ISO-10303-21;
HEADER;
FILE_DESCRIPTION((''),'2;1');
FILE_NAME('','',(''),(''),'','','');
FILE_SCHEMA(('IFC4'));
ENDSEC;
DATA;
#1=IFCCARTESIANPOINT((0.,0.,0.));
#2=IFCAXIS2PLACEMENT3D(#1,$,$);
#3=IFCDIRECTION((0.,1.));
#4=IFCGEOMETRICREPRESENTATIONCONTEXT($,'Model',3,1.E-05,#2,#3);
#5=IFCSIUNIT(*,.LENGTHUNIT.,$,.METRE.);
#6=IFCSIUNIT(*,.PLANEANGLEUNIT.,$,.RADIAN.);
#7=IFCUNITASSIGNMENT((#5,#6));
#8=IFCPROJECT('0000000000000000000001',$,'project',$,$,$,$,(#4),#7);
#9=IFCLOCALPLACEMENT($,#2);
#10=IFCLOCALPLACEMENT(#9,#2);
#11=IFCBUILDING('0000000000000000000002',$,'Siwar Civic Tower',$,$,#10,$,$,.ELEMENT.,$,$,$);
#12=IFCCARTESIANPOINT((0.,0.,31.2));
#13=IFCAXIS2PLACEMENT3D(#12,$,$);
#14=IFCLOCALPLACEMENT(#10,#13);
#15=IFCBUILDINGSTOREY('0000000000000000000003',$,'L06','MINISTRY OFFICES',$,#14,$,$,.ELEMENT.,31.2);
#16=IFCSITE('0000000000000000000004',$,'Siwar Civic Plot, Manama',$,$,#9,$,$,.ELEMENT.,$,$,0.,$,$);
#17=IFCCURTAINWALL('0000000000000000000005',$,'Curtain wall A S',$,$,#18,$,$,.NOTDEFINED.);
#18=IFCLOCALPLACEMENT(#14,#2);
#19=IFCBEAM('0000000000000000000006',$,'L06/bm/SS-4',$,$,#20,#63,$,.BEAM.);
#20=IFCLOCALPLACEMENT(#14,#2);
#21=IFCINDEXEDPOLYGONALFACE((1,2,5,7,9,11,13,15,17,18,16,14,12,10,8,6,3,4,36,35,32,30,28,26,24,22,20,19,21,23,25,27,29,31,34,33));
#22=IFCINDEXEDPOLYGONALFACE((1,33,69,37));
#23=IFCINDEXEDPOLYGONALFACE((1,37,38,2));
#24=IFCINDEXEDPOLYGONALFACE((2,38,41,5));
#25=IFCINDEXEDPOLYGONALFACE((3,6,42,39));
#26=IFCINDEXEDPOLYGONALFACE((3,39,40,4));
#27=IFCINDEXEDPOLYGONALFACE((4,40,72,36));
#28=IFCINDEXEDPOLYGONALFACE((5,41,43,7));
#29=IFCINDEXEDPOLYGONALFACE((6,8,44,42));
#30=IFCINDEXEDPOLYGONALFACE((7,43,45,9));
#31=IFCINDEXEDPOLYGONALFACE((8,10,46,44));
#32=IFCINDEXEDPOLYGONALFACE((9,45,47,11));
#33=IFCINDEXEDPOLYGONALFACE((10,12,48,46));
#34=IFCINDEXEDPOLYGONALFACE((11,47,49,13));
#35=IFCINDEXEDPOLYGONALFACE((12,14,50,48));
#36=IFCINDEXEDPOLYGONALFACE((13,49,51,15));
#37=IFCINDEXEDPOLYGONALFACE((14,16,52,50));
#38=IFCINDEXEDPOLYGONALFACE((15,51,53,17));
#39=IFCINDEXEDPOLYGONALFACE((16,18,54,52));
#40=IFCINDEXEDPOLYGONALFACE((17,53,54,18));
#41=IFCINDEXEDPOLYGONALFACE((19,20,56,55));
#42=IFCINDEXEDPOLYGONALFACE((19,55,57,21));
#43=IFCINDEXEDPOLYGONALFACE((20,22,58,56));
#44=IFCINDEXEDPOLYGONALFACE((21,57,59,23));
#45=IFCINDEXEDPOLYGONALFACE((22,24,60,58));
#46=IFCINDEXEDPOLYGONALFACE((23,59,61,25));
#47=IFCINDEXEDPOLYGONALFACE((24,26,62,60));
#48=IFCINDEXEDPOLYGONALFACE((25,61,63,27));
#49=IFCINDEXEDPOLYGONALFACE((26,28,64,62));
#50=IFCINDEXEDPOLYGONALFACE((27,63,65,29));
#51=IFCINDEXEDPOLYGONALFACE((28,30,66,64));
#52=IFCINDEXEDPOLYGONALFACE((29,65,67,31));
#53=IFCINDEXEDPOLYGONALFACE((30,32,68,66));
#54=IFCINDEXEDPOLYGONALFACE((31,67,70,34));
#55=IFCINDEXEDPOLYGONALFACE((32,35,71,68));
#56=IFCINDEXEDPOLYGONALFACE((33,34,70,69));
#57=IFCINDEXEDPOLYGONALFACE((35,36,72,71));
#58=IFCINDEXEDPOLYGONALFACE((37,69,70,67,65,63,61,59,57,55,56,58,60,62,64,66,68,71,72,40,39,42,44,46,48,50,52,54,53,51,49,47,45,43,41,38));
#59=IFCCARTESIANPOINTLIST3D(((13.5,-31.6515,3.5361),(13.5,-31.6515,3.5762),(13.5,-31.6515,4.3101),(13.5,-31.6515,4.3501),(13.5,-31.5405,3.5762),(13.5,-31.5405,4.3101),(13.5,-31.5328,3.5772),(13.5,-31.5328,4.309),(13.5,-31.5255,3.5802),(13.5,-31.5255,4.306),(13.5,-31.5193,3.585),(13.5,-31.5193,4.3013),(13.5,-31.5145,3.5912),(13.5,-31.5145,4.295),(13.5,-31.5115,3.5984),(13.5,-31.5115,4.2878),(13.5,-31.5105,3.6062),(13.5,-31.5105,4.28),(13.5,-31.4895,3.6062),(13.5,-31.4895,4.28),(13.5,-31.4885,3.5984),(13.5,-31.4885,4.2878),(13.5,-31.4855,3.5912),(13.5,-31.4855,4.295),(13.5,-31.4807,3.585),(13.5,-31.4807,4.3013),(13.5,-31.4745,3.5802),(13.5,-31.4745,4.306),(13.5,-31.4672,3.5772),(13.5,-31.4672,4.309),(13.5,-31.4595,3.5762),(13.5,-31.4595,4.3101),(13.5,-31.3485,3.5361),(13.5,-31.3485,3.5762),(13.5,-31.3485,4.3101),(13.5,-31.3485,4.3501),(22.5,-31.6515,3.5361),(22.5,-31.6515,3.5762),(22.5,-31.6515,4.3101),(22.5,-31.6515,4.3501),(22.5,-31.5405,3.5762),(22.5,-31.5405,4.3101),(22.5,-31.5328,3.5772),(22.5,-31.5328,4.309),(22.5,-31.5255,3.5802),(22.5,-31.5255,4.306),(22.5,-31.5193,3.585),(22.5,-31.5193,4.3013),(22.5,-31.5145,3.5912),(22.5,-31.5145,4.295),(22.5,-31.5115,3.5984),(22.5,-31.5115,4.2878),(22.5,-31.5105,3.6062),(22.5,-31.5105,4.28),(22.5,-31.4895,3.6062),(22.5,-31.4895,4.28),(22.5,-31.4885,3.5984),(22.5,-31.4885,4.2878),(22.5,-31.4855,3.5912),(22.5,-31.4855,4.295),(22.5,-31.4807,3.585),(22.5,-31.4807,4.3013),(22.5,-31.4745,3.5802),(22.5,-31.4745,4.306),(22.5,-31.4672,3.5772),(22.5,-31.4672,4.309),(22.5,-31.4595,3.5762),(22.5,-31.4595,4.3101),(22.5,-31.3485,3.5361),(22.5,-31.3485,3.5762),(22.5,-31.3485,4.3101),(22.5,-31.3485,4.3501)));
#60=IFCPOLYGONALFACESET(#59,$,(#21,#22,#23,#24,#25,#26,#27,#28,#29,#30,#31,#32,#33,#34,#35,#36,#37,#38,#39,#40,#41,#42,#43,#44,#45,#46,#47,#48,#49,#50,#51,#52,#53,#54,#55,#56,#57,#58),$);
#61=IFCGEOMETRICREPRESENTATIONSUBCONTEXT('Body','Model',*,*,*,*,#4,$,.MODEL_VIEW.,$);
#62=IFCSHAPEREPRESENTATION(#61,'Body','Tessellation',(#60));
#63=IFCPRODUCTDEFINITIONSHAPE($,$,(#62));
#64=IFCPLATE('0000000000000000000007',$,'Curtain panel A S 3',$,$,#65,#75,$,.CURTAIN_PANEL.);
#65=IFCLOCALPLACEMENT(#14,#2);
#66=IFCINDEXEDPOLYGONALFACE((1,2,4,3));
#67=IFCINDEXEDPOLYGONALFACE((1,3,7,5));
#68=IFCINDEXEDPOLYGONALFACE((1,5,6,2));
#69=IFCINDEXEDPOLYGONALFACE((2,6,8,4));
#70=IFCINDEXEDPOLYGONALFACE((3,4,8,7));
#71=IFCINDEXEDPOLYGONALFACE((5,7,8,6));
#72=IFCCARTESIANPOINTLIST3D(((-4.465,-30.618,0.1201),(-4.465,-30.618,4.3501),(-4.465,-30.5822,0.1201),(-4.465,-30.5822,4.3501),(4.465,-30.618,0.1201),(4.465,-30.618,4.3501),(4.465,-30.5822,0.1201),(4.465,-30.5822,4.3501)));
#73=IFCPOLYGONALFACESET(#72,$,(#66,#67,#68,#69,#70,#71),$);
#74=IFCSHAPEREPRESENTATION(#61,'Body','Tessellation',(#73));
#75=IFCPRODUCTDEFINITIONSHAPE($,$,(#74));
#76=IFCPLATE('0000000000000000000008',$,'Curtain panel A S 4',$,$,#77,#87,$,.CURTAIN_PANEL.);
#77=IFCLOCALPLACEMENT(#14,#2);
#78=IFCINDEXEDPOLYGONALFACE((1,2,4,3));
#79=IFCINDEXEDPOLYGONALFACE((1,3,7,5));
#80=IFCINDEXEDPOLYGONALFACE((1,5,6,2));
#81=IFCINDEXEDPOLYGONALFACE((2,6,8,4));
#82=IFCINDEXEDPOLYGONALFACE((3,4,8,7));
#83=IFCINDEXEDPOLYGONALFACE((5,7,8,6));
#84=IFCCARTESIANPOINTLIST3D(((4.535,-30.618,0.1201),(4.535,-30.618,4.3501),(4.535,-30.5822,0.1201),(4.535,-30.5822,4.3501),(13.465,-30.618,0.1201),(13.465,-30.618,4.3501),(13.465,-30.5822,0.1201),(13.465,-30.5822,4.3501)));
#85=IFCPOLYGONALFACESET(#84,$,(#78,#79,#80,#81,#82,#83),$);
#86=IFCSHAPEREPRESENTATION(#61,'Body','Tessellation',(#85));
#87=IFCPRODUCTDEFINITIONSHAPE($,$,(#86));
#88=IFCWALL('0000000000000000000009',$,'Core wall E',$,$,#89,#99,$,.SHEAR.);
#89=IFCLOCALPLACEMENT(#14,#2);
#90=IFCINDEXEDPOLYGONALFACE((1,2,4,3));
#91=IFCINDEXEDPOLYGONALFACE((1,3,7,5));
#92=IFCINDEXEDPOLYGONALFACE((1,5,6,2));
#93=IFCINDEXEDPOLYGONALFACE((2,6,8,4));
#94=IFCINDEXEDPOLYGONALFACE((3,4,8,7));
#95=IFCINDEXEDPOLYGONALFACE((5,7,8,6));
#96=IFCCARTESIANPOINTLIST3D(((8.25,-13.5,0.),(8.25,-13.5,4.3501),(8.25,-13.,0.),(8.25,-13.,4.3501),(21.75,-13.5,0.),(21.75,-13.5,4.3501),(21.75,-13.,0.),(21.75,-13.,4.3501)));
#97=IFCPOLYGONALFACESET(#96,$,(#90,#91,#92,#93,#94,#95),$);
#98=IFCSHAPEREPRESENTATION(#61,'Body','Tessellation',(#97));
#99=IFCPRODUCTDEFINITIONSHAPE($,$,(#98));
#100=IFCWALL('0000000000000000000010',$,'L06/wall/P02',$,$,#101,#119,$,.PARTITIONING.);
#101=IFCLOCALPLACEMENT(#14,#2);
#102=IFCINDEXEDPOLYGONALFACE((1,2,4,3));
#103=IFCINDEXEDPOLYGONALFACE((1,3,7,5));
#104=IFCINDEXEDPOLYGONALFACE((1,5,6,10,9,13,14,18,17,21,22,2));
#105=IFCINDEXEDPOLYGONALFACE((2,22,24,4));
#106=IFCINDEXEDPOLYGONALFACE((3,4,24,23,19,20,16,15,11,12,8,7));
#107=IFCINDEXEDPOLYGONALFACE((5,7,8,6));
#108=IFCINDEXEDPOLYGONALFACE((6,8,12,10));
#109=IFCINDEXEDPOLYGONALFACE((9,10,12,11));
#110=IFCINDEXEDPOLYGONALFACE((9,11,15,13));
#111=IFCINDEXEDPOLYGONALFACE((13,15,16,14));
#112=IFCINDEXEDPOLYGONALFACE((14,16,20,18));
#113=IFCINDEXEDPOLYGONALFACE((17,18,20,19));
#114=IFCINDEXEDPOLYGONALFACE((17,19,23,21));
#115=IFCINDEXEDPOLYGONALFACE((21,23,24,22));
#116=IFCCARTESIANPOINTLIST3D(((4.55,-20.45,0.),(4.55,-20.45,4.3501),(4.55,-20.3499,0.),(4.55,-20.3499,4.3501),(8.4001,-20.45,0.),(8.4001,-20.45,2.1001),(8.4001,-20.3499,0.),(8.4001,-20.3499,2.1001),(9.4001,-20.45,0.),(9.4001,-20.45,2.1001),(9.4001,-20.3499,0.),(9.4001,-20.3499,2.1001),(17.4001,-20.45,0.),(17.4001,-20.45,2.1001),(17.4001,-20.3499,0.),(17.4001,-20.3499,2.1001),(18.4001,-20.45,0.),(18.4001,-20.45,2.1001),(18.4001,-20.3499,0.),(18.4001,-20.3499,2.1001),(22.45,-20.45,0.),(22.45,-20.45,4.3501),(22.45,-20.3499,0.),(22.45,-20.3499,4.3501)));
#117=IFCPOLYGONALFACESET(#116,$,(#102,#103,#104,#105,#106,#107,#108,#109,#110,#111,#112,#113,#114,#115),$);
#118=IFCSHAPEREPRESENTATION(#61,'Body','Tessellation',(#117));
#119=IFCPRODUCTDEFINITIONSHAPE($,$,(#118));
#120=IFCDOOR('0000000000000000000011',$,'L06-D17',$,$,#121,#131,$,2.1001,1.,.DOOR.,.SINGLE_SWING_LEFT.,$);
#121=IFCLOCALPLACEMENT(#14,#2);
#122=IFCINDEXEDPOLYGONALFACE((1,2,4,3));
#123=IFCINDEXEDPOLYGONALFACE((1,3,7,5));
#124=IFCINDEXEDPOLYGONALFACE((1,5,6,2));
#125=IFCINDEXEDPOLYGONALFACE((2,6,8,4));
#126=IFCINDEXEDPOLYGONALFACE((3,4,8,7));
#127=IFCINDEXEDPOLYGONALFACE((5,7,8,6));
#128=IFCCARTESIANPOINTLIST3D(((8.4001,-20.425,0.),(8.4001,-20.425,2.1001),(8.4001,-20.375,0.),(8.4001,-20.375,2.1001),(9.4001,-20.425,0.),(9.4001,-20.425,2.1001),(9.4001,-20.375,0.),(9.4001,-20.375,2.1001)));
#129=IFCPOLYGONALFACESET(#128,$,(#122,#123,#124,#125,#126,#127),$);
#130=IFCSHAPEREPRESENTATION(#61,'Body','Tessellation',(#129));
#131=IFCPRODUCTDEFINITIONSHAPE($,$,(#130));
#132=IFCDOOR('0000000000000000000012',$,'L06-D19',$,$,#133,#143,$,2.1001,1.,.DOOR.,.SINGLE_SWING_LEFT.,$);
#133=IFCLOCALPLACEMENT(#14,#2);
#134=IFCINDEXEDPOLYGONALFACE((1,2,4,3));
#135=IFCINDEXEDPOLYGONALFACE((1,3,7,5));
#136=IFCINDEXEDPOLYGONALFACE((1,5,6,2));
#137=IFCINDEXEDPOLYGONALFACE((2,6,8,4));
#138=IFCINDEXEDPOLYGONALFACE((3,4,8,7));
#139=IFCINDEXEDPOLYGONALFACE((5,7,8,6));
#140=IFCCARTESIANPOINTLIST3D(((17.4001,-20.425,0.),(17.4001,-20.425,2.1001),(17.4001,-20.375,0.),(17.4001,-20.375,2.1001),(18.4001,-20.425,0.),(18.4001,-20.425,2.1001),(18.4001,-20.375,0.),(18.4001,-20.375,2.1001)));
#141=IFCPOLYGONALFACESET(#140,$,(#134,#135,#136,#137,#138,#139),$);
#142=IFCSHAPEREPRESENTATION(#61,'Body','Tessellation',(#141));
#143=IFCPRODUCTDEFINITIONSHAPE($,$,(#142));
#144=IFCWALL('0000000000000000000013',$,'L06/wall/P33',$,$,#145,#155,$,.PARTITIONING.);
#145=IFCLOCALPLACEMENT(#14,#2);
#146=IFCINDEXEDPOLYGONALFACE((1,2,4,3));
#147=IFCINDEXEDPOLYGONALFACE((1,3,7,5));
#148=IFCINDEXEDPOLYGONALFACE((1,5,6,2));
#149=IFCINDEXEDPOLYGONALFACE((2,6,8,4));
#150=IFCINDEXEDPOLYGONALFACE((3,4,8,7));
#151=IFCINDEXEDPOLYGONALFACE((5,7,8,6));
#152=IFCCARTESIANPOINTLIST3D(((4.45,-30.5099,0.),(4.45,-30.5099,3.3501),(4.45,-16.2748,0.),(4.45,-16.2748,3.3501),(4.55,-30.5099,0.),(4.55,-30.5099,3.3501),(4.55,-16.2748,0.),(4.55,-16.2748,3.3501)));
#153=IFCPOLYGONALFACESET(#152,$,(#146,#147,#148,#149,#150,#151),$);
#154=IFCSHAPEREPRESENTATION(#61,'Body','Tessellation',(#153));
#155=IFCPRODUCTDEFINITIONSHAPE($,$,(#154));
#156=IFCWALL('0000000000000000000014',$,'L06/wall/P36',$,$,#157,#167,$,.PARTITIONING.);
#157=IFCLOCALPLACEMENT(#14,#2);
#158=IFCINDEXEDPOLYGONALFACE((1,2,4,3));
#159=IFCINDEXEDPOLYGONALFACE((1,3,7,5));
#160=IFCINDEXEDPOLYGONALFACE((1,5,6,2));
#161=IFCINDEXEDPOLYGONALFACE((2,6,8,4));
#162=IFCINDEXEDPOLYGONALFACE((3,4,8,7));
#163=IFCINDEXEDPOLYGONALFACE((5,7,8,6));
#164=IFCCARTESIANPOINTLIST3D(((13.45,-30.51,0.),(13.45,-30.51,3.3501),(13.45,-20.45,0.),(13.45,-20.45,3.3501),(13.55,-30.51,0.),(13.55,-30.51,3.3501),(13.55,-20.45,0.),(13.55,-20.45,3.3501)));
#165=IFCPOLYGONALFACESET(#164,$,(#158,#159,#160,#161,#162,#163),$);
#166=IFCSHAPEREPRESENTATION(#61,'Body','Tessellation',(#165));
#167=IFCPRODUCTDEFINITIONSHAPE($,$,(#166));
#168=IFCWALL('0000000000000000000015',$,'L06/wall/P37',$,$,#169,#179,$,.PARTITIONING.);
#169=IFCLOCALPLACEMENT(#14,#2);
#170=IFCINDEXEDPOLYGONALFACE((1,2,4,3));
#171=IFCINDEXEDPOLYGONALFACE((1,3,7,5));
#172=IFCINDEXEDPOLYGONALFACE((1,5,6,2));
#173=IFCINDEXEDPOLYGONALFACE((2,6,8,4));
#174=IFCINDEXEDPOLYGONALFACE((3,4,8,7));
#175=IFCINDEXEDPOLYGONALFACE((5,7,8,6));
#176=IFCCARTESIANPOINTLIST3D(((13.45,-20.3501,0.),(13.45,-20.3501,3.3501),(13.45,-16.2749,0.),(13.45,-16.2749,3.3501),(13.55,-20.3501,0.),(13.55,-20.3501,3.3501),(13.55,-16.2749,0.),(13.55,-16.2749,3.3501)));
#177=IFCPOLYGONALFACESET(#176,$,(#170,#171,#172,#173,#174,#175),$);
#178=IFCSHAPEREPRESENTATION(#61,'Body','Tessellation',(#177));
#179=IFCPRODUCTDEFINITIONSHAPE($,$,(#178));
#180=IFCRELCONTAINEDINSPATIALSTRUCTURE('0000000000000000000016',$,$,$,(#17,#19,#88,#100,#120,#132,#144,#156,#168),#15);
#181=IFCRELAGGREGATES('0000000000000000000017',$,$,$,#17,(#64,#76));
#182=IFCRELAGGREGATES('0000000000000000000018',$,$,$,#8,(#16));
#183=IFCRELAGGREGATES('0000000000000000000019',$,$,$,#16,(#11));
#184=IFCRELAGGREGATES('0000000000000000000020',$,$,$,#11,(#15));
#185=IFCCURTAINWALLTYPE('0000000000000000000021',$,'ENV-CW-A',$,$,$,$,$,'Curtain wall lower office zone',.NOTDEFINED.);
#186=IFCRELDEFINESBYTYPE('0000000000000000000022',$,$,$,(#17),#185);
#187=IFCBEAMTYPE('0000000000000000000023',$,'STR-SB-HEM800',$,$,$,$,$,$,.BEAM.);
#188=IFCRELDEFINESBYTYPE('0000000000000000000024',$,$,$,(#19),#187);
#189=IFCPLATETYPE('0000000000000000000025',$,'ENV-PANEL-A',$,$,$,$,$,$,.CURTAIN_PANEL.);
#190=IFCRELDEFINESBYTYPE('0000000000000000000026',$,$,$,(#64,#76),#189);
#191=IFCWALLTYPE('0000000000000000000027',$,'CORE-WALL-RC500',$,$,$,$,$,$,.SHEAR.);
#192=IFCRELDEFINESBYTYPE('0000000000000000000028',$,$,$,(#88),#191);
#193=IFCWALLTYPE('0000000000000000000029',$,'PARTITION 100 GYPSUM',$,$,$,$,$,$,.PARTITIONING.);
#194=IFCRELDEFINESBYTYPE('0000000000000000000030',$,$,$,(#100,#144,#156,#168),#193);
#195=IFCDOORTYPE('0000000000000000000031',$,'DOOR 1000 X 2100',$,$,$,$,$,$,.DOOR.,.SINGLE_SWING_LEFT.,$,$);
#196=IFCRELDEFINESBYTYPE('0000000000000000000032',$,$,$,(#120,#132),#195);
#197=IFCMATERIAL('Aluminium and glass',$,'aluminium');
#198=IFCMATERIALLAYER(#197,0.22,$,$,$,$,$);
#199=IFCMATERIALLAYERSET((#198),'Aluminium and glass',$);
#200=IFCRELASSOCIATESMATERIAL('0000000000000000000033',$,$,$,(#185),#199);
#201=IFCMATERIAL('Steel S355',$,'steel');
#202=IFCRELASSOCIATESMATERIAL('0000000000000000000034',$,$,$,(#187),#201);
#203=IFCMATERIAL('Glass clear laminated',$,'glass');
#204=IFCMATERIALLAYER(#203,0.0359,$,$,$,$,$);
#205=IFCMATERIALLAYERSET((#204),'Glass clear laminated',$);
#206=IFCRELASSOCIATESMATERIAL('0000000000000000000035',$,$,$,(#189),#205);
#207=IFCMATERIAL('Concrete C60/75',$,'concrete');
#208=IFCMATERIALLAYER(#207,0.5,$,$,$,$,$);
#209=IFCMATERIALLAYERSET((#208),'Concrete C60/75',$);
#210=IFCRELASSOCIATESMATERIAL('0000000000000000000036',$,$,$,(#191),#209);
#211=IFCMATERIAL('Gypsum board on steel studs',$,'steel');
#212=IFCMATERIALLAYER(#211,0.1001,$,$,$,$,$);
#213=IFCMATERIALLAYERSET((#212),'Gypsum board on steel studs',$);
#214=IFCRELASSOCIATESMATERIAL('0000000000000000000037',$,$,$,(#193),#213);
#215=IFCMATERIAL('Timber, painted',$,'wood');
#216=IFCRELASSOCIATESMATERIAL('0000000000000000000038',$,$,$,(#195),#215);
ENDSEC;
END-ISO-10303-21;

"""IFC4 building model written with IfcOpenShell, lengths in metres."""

from ifc_helpers import new_model, si_unit, direction, frame, frame_2d, origin, origin_2d, place, context, subcontext, project, spatial, rectangle, i_section, extrude, material, layer, layer_set, material_profile, profile_set, type_object, element, fill, aggregate, save


model = new_model("IFC4")

# Units and contexts
model_context = context("Model", 3, precision=1e-05, world=origin(), true_north=direction((0.0, 1.0)))
body_context = subcontext(model_context, "Body", "Model", "MODEL_VIEW")
ifc_project = project(units=[si_unit("LENGTHUNIT", "METRE"), si_unit("PLANEANGLEUNIT", "RADIAN")], contexts=[model_context])

# Site, building, storey
site_placement = place(None, origin())
site = spatial("IfcSite", under=ifc_project, at=site_placement, Name="Siwar Civic Plot, Manama", CompositionType="ELEMENT", RefElevation=0.0)
building_placement = place(site_placement, origin())
building = spatial("IfcBuilding", under=site, at=building_placement, Name="Siwar Civic Tower", CompositionType="ELEMENT")
storey_placement = place(building_placement, frame((0.0, 0.0, 31.2)))
storey = spatial("IfcBuildingStorey", under=building, at=storey_placement, Name="L06", Description="MINISTRY OFFICES", CompositionType="ELEMENT", Elevation=31.2)

# Curtain wall
ifc_material_1 = material(Name="Aluminium and glass", Category="aluminium")
ifc_layer_1 = layer(ifc_material_1, 0.22)
ifc_layer_set_1 = layer_set([ifc_layer_1], Name="Aluminium and glass")
curtain_wall_type = type_object("IfcCurtainWallType", Name="ENV-CW-A", ElementType="Curtain wall lower office zone", PredefinedType="NOTDEFINED", material=ifc_layer_set_1)
curtain_wall_placement = place(storey_placement, origin())
curtain_wall = element("IfcCurtainWall", 1, at=curtain_wall_placement, inside=storey, type_object=curtain_wall_type, Name="Curtain wall A S", PredefinedType="NOTDEFINED")

# Beam
ifc_material_2 = material(Name="Steel S355", Category="steel")
ifc_material_profile_1 = material_profile(ifc_material_2, i_section(OverallWidth=0.303, OverallDepth=0.814, WebThickness=0.021, FlangeThickness=0.04, FilletRadius=0.03, at=origin_2d()), Name="HEM800")
ifc_profile_set_1 = profile_set([ifc_material_profile_1], Name="Steel S355")
beam_type_1 = type_object("IfcBeamType", Name="STR-SB-HEM800", PredefinedType="BEAM", material=ifc_profile_set_1)
for number, where, z_axis, x_axis, name in (
    (2, (13.5, -31.5, 3.9431), (1.0, 0.0, 0.0), (0.0, 1.0, 0.0), "L06/bm/SS-4"),
):
    element("IfcBeam", number, at=place(storey_placement, frame(where, z_axis=z_axis, x_axis=x_axis)), inside=storey, type_object=beam_type_1, Name=name, PredefinedType="BEAM", context=body_context, shape_type="SweptSolid", body=[
        extrude(i_section(OverallWidth=0.303, OverallDepth=0.814, WebThickness=0.021, FlangeThickness=0.04, FilletRadius=0.03, at=origin_2d()), origin(), (0.0, 0.0, 1.0), 9.0),
    ])

# Plates
ifc_material_3 = material(Name="Glass clear laminated", Category="glass")
ifc_layer_2 = layer(ifc_material_3, 0.0359)
ifc_layer_set_2 = layer_set([ifc_layer_2], Name="Glass clear laminated")
plate_type = type_object("IfcPlateType", Name="ENV-PANEL-A", PredefinedType="CURTAIN_PANEL", material=ifc_layer_set_2)
plate_1_placement = place(storey_placement, frame((0.0, -30.6001, 0.1201), z_axis=(0.0, 0.0, 1.0), x_axis=(1.0, 0.0, 0.0)))
plate_1 = element("IfcPlate", 3, at=plate_1_placement, type_object=plate_type, Name="Curtain panel A S 3", PredefinedType="CURTAIN_PANEL", context=body_context, shape_type="SweptSolid", body=[
    extrude(rectangle(XDim=8.9299, YDim=0.0359, at=origin_2d()), origin(), (0.0, 0.0, 1.0), 4.23),
])
plate_2_placement = place(storey_placement, frame((9.0, -30.6001, 0.1201), z_axis=(0.0, 0.0, 1.0), x_axis=(1.0, 0.0, 0.0)))
plate_2 = element("IfcPlate", 4, at=plate_2_placement, type_object=plate_type, Name="Curtain panel A S 4", PredefinedType="CURTAIN_PANEL", context=body_context, shape_type="SweptSolid", body=[
    extrude(rectangle(XDim=8.9299, YDim=0.0359, at=origin_2d()), origin(), (0.0, 0.0, 1.0), 4.23),
])
aggregate(curtain_wall, [plate_1, plate_2])

# Wall
ifc_material_4 = material(Name="Concrete C60/75", Category="concrete")
ifc_layer_3 = layer(ifc_material_4, 0.5)
ifc_layer_set_3 = layer_set([ifc_layer_3], Name="Concrete C60/75")
wall_type_1 = type_object("IfcWallType", Name="CORE-WALL-RC500", PredefinedType="SHEAR", material=ifc_layer_set_3)
wall_1_placement = place(storey_placement, frame((8.25, -13.25, 0.0), z_axis=(0.0, 0.0, 1.0), x_axis=(1.0, 0.0, 0.0)))
element("IfcWall", 5, at=wall_1_placement, inside=storey, type_object=wall_type_1, Name="Core wall E", PredefinedType="SHEAR", context=body_context, shape_type="SweptSolid", body=[
    extrude(rectangle(XDim=13.5, YDim=0.5, at=frame_2d((6.75, 0.0))), origin(), (0.0, 0.0, 1.0), 4.3501),
])

# Wall, openings, doors
ifc_material_5 = material(Name="Gypsum board on steel studs", Category="steel")
ifc_layer_4 = layer(ifc_material_5, 0.1001)
ifc_layer_set_4 = layer_set([ifc_layer_4], Name="Gypsum board on steel studs")
wall_type_2 = type_object("IfcWallType", Name="PARTITION 100 GYPSUM", PredefinedType="PARTITIONING", material=ifc_layer_set_4)
wall_2_placement = place(storey_placement, frame((4.55, -20.3999, 0.0), z_axis=(0.0, 0.0, 1.0), x_axis=(1.0, 0.0, 0.0)))
wall_2 = element("IfcWall", 6, at=wall_2_placement, inside=storey, type_object=wall_type_2, Name="L06/wall/P02", PredefinedType="PARTITIONING", context=body_context, shape_type="SweptSolid", body=[
    extrude(rectangle(XDim=17.8999, YDim=0.1001, at=frame_2d((8.95, 0.0))), origin(), (0.0, 0.0, 1.0), 4.3501),
])
opening_1_placement = place(wall_2_placement, frame((3.8501, 0.0, 0.0)))
opening_1 = element("IfcOpeningElement", 7, at=opening_1_placement, cuts=wall_2, PredefinedType="OPENING", context=body_context, shape_type="SweptSolid", body=[
    extrude(rectangle(XDim=1.0, YDim=2.1001, at=frame_2d((0.5, 1.05))), frame((0.0, 0.0601, 0.0), z_axis=(0.0, -1.0, 0.0), x_axis=(1.0, 0.0, 0.0)), (0.0, 0.0, 1.0), 0.1201),
])
opening_2_placement = place(wall_2_placement, frame((12.8501, 0.0, 0.0)))
opening_2 = element("IfcOpeningElement", 8, at=opening_2_placement, cuts=wall_2, PredefinedType="OPENING", context=body_context, shape_type="SweptSolid", body=[
    extrude(rectangle(XDim=1.0, YDim=2.1001, at=frame_2d((0.5, 1.05))), frame((0.0, 0.0601, 0.0), z_axis=(0.0, -1.0, 0.0), x_axis=(1.0, 0.0, 0.0)), (0.0, 0.0, 1.0), 0.1201),
])
ifc_material_6 = material(Name="Timber, painted", Category="wood")
door_type = type_object("IfcDoorType", Name="DOOR 1000 X 2100", OperationType="SINGLE_SWING_LEFT", PredefinedType="DOOR", material=ifc_material_6)
door_1_placement = place(opening_1_placement, origin())
door_1 = element("IfcDoor", 9, at=door_1_placement, inside=storey, type_object=door_type, Name="L06-D17", OperationType="SINGLE_SWING_LEFT", OverallHeight=2.1001, OverallWidth=1.0, PredefinedType="DOOR", context=body_context, shape_type="SweptSolid", body=[
    extrude(rectangle(XDim=1.0, YDim=2.1001, at=frame_2d((0.5, 1.05))), frame((0.0, 0.0249, 0.0), z_axis=(0.0, -1.0, 0.0), x_axis=(1.0, 0.0, 0.0)), (0.0, 0.0, 1.0), 0.05),
])
fill(opening_1, door_1)
door_2_placement = place(opening_2_placement, origin())
door_2 = element("IfcDoor", 10, at=door_2_placement, inside=storey, type_object=door_type, Name="L06-D19", OperationType="SINGLE_SWING_LEFT", OverallHeight=2.1001, OverallWidth=1.0, PredefinedType="DOOR", context=body_context, shape_type="SweptSolid", body=[
    extrude(rectangle(XDim=1.0, YDim=2.1001, at=frame_2d((0.5, 1.05))), frame((0.0, 0.0249, 0.0), z_axis=(0.0, -1.0, 0.0), x_axis=(1.0, 0.0, 0.0)), (0.0, 0.0, 1.0), 0.05),
])
fill(opening_2, door_2)

# Walls
wall_3_placement = place(storey_placement, frame((4.5, -30.51, 0.0), z_axis=(0.0, 0.0, 1.0), x_axis=(0.0, 1.0, 0.0)))
element("IfcWall", 11, at=wall_3_placement, inside=storey, type_object=wall_type_2, Name="L06/wall/P33", PredefinedType="PARTITIONING", context=body_context, shape_type="SweptSolid", body=[
    extrude(rectangle(XDim=14.2351, YDim=0.1001, at=frame_2d((7.1177, 0.0))), origin(), (0.0, 0.0, 1.0), 3.3501),
])
wall_4_placement = place(storey_placement, frame((13.5, -30.51, 0.0), z_axis=(0.0, 0.0, 1.0), x_axis=(0.0, 1.0, 0.0)))
element("IfcWall", 12, at=wall_4_placement, inside=storey, type_object=wall_type_2, Name="L06/wall/P36", PredefinedType="PARTITIONING", context=body_context, shape_type="SweptSolid", body=[
    extrude(rectangle(XDim=10.0601, YDim=0.1001, at=frame_2d((5.03, 0.0))), origin(), (0.0, 0.0, 1.0), 3.3501),
])
wall_5_placement = place(storey_placement, frame((13.5, -20.3501, 0.0), z_axis=(0.0, 0.0, 1.0), x_axis=(0.0, 1.0, 0.0)))
element("IfcWall", 13, at=wall_5_placement, inside=storey, type_object=wall_type_2, Name="L06/wall/P37", PredefinedType="PARTITIONING", context=body_context, shape_type="SweptSolid", body=[
    extrude(rectangle(XDim=4.0752, YDim=0.1001, at=frame_2d((2.0376, 0.0))), origin(), (0.0, 0.0, 1.0), 3.3501),
])

save(model, "model.ifc")
